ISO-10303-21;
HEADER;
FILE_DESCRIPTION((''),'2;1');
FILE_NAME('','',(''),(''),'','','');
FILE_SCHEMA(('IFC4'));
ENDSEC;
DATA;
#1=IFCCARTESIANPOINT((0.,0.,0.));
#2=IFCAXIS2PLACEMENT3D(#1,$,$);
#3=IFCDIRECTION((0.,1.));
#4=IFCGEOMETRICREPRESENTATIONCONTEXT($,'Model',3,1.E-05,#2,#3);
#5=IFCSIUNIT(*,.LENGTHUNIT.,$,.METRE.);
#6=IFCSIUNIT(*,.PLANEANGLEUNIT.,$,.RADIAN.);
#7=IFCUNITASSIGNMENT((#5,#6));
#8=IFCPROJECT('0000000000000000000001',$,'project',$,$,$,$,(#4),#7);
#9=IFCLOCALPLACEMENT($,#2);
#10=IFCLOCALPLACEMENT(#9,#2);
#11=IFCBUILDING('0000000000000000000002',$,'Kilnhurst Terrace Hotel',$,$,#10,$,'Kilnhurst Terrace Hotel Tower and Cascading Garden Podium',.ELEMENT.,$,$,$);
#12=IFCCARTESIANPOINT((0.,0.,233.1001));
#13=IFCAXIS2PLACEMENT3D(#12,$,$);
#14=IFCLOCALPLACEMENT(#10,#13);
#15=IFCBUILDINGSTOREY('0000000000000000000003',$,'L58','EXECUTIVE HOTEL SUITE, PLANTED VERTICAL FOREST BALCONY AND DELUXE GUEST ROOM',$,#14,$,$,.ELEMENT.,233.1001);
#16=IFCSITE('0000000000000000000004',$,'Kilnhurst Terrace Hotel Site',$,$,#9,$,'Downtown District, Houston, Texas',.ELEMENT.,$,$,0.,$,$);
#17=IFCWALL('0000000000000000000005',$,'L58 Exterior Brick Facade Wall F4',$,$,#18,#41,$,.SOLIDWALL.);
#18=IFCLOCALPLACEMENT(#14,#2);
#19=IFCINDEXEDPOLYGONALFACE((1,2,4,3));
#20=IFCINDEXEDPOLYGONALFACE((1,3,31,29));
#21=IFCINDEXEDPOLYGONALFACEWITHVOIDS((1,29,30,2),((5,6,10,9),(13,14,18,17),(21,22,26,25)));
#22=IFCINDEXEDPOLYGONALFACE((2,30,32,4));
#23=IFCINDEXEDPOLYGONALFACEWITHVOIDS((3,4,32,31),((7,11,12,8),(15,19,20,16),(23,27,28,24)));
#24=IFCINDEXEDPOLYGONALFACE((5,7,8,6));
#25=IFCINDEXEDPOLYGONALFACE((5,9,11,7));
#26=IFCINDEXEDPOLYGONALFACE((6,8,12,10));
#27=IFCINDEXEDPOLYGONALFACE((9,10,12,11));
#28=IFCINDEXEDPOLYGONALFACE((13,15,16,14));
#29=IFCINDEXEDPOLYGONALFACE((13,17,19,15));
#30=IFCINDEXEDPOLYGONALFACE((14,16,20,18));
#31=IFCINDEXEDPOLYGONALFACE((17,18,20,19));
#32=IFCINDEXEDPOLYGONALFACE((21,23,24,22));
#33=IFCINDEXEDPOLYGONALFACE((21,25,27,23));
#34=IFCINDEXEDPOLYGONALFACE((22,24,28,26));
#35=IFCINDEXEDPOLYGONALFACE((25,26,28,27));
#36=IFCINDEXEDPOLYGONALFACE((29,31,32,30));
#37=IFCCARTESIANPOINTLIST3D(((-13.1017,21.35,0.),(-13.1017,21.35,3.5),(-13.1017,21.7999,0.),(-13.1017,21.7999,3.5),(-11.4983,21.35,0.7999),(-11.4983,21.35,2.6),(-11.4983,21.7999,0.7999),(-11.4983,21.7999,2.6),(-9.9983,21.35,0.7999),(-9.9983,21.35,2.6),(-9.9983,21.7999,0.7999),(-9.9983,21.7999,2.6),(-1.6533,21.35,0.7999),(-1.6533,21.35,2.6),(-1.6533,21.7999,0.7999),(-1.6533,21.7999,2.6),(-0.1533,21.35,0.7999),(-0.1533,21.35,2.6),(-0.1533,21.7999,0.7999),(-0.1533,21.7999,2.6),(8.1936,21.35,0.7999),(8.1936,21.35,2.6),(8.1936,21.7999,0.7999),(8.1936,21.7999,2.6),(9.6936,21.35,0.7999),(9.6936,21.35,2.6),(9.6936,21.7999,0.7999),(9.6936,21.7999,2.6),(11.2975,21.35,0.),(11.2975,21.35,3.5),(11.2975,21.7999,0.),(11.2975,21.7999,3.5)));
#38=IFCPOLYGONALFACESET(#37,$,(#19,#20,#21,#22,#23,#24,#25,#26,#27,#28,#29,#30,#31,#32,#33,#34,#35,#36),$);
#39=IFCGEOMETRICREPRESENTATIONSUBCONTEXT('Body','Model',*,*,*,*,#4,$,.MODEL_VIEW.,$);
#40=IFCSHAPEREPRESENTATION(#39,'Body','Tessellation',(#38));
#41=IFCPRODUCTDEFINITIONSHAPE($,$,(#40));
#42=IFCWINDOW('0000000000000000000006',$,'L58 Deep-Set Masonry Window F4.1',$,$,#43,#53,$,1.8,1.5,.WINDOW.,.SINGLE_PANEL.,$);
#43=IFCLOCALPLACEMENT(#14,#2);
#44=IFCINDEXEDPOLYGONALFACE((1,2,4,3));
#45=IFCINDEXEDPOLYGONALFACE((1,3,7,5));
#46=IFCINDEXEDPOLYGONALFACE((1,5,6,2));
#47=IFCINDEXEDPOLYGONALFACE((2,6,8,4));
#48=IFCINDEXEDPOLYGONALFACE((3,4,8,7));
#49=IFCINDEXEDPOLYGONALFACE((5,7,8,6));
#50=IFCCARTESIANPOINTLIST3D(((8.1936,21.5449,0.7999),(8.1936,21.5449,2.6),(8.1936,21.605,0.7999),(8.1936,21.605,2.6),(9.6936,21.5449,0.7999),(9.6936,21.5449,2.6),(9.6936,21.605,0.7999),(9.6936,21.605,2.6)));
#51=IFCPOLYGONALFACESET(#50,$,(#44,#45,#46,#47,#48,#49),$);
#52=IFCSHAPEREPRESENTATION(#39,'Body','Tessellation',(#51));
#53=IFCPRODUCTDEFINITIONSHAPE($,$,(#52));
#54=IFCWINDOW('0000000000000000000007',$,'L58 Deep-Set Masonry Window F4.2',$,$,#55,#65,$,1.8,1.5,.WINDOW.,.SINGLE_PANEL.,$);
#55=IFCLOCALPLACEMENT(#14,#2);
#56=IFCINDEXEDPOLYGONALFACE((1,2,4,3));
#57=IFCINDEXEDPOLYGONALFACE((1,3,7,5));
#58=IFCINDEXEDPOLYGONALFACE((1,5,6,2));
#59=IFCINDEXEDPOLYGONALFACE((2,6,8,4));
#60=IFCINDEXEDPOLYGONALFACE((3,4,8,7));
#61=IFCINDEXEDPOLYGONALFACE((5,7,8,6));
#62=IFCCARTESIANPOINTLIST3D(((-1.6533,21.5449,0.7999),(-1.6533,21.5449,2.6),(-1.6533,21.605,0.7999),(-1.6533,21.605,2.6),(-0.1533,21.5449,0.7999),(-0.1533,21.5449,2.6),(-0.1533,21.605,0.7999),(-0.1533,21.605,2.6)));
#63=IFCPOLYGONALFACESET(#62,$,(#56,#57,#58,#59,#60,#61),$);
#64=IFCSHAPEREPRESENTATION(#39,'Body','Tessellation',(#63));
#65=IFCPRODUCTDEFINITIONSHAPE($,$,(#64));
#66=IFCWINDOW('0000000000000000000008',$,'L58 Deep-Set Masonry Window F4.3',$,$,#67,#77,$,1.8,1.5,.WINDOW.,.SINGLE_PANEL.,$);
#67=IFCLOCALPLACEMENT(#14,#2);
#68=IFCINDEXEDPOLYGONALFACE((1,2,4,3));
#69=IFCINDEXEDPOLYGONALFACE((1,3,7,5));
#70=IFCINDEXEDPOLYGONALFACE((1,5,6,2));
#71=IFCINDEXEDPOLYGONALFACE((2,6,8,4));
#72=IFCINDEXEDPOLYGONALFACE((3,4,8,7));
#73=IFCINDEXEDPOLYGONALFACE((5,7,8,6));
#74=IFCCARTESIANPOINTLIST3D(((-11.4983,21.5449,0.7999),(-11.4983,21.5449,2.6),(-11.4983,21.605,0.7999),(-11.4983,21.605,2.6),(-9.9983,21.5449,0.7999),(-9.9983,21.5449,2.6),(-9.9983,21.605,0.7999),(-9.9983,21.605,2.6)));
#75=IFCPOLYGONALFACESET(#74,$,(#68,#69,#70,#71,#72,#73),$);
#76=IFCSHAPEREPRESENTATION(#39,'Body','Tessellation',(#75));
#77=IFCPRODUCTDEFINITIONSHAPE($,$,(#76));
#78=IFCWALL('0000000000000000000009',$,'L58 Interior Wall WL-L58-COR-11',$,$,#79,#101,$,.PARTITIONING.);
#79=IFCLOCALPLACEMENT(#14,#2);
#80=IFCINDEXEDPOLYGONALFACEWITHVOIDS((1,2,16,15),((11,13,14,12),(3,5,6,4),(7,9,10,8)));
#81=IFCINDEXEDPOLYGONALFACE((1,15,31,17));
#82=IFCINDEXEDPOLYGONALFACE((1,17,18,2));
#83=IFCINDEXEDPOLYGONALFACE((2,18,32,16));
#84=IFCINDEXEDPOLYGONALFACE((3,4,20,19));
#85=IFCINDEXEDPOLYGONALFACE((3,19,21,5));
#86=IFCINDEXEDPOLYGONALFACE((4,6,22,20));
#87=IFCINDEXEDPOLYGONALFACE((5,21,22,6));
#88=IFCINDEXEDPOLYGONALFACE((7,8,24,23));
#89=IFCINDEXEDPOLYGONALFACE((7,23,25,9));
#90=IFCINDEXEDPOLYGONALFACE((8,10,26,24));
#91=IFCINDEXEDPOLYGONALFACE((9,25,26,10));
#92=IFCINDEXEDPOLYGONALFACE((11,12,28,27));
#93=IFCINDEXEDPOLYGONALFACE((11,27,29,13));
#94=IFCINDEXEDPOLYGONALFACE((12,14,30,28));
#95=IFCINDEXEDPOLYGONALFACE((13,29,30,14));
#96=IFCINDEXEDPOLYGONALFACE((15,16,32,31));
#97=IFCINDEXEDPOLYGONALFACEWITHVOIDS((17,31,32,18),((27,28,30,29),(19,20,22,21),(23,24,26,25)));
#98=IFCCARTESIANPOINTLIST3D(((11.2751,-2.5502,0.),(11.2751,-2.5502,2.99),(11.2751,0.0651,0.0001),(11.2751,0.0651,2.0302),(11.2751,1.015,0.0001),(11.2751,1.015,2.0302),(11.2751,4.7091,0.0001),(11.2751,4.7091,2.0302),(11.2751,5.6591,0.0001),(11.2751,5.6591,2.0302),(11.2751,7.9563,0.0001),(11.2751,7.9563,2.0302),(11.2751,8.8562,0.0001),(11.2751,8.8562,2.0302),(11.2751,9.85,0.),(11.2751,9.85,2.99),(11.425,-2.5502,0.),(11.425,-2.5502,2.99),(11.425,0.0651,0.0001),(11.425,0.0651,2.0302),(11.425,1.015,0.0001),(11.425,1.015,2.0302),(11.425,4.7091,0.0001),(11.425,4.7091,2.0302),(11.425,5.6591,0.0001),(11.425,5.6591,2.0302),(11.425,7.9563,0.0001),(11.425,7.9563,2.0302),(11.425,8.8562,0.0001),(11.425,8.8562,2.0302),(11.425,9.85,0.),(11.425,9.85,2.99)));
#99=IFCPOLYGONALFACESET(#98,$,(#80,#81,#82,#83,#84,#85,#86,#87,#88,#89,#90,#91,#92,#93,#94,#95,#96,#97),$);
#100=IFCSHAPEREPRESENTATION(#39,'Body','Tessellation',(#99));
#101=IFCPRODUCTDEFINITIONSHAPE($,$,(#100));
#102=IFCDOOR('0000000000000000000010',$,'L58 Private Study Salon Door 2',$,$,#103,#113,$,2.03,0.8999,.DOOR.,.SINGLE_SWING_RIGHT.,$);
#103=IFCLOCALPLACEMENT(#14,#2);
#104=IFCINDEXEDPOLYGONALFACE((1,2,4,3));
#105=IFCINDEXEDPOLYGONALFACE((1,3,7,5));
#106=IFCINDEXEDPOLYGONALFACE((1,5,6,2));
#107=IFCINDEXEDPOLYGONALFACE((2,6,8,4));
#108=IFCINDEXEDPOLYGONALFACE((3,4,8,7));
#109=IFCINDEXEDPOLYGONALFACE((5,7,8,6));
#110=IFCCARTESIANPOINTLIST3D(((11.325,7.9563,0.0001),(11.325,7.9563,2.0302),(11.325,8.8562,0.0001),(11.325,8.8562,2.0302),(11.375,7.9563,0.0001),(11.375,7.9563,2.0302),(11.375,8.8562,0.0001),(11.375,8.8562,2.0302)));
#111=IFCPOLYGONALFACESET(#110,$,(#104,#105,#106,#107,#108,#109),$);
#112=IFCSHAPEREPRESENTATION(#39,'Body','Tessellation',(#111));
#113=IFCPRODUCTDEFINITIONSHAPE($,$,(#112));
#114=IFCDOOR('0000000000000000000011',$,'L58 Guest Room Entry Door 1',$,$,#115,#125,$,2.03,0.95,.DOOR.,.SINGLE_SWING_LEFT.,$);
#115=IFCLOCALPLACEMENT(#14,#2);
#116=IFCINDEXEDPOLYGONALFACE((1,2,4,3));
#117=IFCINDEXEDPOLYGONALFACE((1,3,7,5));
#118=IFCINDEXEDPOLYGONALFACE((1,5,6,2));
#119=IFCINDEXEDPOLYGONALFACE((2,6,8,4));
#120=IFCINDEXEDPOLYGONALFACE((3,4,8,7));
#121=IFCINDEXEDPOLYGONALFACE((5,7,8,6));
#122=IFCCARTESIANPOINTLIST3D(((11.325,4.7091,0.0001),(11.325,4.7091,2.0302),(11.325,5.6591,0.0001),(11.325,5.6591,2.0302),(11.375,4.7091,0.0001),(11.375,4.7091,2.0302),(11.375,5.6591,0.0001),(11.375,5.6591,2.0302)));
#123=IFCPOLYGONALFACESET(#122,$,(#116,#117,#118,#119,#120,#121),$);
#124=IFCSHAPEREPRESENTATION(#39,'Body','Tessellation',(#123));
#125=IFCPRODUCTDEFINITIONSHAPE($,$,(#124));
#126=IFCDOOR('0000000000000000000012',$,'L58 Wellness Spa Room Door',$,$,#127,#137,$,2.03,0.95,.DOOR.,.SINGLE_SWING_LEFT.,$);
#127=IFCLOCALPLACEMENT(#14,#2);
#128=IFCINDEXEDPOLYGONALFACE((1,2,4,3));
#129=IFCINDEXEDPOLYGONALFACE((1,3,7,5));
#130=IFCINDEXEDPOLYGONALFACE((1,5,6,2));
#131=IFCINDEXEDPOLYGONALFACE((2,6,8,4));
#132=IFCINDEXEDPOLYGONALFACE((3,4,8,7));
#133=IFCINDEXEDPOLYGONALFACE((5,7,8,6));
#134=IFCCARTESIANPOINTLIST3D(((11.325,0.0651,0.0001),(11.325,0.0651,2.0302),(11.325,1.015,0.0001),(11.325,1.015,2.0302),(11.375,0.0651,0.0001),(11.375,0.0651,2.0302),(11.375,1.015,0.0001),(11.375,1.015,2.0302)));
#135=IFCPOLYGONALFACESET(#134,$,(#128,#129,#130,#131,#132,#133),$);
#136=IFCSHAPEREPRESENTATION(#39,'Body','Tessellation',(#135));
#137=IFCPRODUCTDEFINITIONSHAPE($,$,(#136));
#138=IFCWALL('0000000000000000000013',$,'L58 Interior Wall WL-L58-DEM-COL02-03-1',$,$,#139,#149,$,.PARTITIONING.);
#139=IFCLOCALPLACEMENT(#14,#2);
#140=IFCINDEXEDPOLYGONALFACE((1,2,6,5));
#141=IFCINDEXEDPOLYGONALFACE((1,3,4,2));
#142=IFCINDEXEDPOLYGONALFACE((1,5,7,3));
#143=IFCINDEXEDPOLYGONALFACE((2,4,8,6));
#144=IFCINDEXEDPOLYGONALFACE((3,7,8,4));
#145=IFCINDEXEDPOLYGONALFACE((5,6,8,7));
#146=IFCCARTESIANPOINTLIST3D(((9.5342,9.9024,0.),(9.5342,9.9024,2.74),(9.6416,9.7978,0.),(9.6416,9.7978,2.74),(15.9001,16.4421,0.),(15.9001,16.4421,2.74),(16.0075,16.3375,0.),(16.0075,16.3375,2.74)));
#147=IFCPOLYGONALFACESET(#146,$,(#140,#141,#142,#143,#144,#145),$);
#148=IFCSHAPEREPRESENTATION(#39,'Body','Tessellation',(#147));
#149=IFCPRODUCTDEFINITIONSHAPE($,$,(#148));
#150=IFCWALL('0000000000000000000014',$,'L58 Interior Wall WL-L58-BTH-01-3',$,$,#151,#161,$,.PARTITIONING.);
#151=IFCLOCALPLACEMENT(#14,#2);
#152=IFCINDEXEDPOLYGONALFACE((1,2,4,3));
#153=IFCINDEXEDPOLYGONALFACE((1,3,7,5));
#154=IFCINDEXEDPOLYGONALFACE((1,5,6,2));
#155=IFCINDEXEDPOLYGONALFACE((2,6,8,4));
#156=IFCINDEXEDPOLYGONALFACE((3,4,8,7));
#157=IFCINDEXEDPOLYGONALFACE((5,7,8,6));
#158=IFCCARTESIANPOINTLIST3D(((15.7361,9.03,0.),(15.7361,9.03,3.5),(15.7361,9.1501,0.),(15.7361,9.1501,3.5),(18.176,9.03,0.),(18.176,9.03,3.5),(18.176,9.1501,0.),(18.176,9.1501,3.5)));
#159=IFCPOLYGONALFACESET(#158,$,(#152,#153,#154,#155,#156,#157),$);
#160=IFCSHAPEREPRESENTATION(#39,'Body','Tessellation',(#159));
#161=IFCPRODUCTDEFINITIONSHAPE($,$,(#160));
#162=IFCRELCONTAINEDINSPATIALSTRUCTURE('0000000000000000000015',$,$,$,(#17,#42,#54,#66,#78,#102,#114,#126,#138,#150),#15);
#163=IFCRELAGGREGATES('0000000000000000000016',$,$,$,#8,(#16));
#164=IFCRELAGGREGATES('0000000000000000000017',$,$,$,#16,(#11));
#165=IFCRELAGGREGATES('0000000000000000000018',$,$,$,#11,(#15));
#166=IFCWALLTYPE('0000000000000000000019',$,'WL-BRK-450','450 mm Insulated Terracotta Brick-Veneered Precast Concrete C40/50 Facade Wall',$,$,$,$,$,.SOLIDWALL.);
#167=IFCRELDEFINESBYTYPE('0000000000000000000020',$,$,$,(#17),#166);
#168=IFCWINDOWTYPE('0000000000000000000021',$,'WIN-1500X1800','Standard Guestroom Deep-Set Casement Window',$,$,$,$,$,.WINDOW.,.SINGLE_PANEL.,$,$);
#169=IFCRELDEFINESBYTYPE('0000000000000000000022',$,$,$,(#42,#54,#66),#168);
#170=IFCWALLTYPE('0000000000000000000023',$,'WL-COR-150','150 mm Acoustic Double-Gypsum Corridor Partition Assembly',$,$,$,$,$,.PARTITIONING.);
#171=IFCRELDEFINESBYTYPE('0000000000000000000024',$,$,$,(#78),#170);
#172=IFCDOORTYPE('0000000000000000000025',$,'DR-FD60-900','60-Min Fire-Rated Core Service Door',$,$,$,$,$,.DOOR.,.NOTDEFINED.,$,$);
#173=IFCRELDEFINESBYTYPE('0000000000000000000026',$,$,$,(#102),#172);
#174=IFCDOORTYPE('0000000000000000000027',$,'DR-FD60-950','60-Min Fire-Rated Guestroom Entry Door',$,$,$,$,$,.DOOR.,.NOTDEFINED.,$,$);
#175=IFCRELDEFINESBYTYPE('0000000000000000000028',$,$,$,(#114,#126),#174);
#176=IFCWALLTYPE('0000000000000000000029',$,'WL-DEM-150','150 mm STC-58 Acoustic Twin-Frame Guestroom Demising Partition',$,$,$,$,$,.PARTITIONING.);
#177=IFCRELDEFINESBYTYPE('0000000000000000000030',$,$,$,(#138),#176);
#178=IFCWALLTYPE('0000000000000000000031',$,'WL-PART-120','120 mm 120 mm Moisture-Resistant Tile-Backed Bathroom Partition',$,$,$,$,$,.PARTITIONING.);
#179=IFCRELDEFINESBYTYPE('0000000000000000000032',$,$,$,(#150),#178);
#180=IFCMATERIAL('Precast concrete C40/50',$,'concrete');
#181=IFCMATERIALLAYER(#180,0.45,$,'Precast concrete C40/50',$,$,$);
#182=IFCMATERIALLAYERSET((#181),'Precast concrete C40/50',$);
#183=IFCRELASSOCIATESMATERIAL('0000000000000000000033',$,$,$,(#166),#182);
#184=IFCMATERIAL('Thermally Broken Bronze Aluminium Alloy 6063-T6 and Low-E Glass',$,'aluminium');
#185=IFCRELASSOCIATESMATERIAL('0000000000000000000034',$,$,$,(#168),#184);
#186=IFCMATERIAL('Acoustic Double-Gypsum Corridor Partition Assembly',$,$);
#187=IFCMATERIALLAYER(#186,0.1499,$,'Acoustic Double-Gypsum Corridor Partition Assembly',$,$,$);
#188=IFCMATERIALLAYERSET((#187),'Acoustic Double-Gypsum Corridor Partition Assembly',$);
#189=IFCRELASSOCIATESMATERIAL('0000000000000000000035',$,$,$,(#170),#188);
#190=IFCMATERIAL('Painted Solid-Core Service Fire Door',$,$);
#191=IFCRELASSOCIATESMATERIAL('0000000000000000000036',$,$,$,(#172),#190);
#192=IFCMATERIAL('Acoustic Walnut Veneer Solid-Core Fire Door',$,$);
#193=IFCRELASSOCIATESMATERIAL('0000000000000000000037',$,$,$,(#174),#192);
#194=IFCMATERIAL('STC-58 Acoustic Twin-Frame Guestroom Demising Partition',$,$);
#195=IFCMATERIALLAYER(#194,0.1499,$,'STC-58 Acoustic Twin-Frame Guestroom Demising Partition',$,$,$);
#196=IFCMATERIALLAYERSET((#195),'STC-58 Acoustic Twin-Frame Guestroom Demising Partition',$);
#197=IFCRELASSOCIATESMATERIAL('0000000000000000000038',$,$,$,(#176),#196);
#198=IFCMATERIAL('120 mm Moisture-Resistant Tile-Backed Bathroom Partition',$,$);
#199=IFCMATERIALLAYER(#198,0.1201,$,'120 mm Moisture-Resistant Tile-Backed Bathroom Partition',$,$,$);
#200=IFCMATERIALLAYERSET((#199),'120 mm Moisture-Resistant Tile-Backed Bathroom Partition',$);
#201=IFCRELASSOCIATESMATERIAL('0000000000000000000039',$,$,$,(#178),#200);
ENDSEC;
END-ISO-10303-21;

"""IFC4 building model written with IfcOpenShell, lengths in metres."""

from ifc_helpers import new_model, si_unit, direction, frame, frame_2d, origin, place, context, subcontext, project, spatial, rectangle, extrude, material, layer, layer_set, type_object, element, fill, save


model = new_model("IFC4")

# Units and contexts
model_context = context("Model", 3, precision=1e-05, world=origin(), true_north=direction((0.0, 1.0)))
body_context = subcontext(model_context, "Body", "Model", "MODEL_VIEW")
ifc_project = project(units=[si_unit("LENGTHUNIT", "METRE"), si_unit("PLANEANGLEUNIT", "RADIAN")], contexts=[model_context])

# Site, building, storey
site_placement = place(None, origin())
site = spatial("IfcSite", under=ifc_project, at=site_placement, Name="Kilnhurst Terrace Hotel Site", LongName="Downtown District, Houston, Texas", CompositionType="ELEMENT", RefElevation=0.0)
building_placement = place(site_placement, origin())
building = spatial("IfcBuilding", under=site, at=building_placement, Name="Kilnhurst Terrace Hotel", LongName="Kilnhurst Terrace Hotel Tower and Cascading Garden Podium", CompositionType="ELEMENT")
storey_placement = place(building_placement, frame((0.0, 0.0, 233.1001)))
storey = spatial("IfcBuildingStorey", under=building, at=storey_placement, Name="L58", Description="EXECUTIVE HOTEL SUITE, PLANTED VERTICAL FOREST BALCONY AND DELUXE GUEST ROOM", CompositionType="ELEMENT", Elevation=233.1001)

# Shared definitions
ifc_material_1 = material(Name="Precast concrete C40/50", Category="concrete")
ifc_layer_1 = layer(ifc_material_1, 0.45, Name="Precast concrete C40/50")
ifc_layer_set_1 = layer_set([ifc_layer_1], Name="Precast concrete C40/50")
wall_type_1 = type_object("IfcWallType", Name="WL-BRK-450", Description="450 mm Insulated Terracotta Brick-Veneered Precast Concrete C40/50 Facade Wall", PredefinedType="SOLIDWALL", material=ifc_layer_set_1)

# Wall, openings, windows
wall_1_placement = place(storey_placement, frame((11.2976, 21.575, 0.0), z_axis=(0.0, 0.0, 1.0), x_axis=(-1.0, 0.0, 0.0)))
wall_1 = element("IfcWall", 1, at=wall_1_placement, inside=storey, type_object=wall_type_1, Name="L58 Exterior Brick Facade Wall F4", PredefinedType="SOLIDWALL", context=body_context, shape_type="SweptSolid", body=[
    extrude(rectangle(XDim=24.3992, YDim=0.45, at=frame_2d((12.1997, 0.0))), origin(), (0.0, 0.0, 1.0), 3.5),
])
opening_1_placement = place(wall_1_placement, frame((1.604, 0.0, 0.8)))
opening_1 = element("IfcOpeningElement", 2, at=opening_1_placement, cuts=wall_1, PredefinedType="OPENING", context=body_context, shape_type="SweptSolid", body=[
    extrude(rectangle(XDim=1.5, YDim=1.8, at=frame_2d((0.75, 0.8999))), frame((0.0, 0.2349, 0.0), z_axis=(0.0, -1.0, 0.0), x_axis=(1.0, 0.0, 0.0)), (0.0, 0.0, 1.0), 0.47),
])
opening_2_placement = place(wall_1_placement, frame((11.4509, 0.0, 0.8)))
opening_2 = element("IfcOpeningElement", 3, at=opening_2_placement, cuts=wall_1, PredefinedType="OPENING", context=body_context, shape_type="SweptSolid", body=[
    extrude(rectangle(XDim=1.5, YDim=1.8, at=frame_2d((0.75, 0.8999))), frame((0.0, 0.2349, 0.0), z_axis=(0.0, -1.0, 0.0), x_axis=(1.0, 0.0, 0.0)), (0.0, 0.0, 1.0), 0.47),
])
opening_3_placement = place(wall_1_placement, frame((21.2959, 0.0, 0.8)))
opening_3 = element("IfcOpeningElement", 4, at=opening_3_placement, cuts=wall_1, PredefinedType="OPENING", context=body_context, shape_type="SweptSolid", body=[
    extrude(rectangle(XDim=1.5, YDim=1.8, at=frame_2d((0.75, 0.8999))), frame((0.0, 0.2349, 0.0), z_axis=(0.0, -1.0, 0.0), x_axis=(1.0, 0.0, 0.0)), (0.0, 0.0, 1.0), 0.47),
])
ifc_material_2 = material(Name="Thermally Broken Bronze Aluminium Alloy 6063-T6 and Low-E Glass", Category="aluminium")
window_type = type_object("IfcWindowType", Name="WIN-1500X1800", Description="Standard Guestroom Deep-Set Casement Window", PartitioningType="SINGLE_PANEL", PredefinedType="WINDOW", material=ifc_material_2)
window_1_placement = place(opening_1_placement, origin())
window_1 = element("IfcWindow", 5, at=window_1_placement, inside=storey, type_object=window_type, Name="L58 Deep-Set Masonry Window F4.1", OverallHeight=1.8, OverallWidth=1.5, PartitioningType="SINGLE_PANEL", PredefinedType="WINDOW", context=body_context, shape_type="SweptSolid", body=[
    extrude(rectangle(XDim=1.5, YDim=1.8, at=frame_2d((0.75, 0.8999))), frame((0.0, 0.03, 0.0), z_axis=(0.0, -1.0, 0.0), x_axis=(1.0, 0.0, 0.0)), (0.0, 0.0, 1.0), 0.0601),
])
fill(opening_1, window_1)
window_2_placement = place(opening_2_placement, origin())
window_2 = element("IfcWindow", 6, at=window_2_placement, inside=storey, type_object=window_type, Name="L58 Deep-Set Masonry Window F4.2", OverallHeight=1.8, OverallWidth=1.5, PartitioningType="SINGLE_PANEL", PredefinedType="WINDOW", context=body_context, shape_type="SweptSolid", body=[
    extrude(rectangle(XDim=1.5, YDim=1.8, at=frame_2d((0.75, 0.8999))), frame((0.0, 0.03, 0.0), z_axis=(0.0, -1.0, 0.0), x_axis=(1.0, 0.0, 0.0)), (0.0, 0.0, 1.0), 0.0601),
])
fill(opening_2, window_2)
window_3_placement = place(opening_3_placement, origin())
window_3 = element("IfcWindow", 7, at=window_3_placement, inside=storey, type_object=window_type, Name="L58 Deep-Set Masonry Window F4.3", OverallHeight=1.8, OverallWidth=1.5, PartitioningType="SINGLE_PANEL", PredefinedType="WINDOW", context=body_context, shape_type="SweptSolid", body=[
    extrude(rectangle(XDim=1.5, YDim=1.8, at=frame_2d((0.75, 0.8999))), frame((0.0, 0.03, 0.0), z_axis=(0.0, -1.0, 0.0), x_axis=(1.0, 0.0, 0.0)), (0.0, 0.0, 1.0), 0.0601),
])
fill(opening_3, window_3)

# Wall, openings, doors
ifc_material_3 = material(Name="Acoustic Double-Gypsum Corridor Partition Assembly")
ifc_layer_2 = layer(ifc_material_3, 0.1499, Name="Acoustic Double-Gypsum Corridor Partition Assembly")
ifc_layer_set_2 = layer_set([ifc_layer_2], Name="Acoustic Double-Gypsum Corridor Partition Assembly")
wall_type_2 = type_object("IfcWallType", Name="WL-COR-150", Description="150 mm Acoustic Double-Gypsum Corridor Partition Assembly", PredefinedType="PARTITIONING", material=ifc_layer_set_2)
wall_2_placement = place(storey_placement, frame((11.3501, 9.8501, 0.0), z_axis=(0.0, 0.0, 1.0), x_axis=(0.0, -1.0, 0.0)))
wall_2 = element("IfcWall", 8, at=wall_2_placement, inside=storey, type_object=wall_type_2, Name="L58 Interior Wall WL-L58-COR-11", PredefinedType="PARTITIONING", context=body_context, shape_type="SweptSolid", body=[
    extrude(rectangle(XDim=12.4001, YDim=0.1499, at=frame_2d((6.2002, 0.0))), origin(), (0.0, 0.0, 1.0), 2.99),
])
opening_4_placement = place(wall_2_placement, frame((4.1909, 0.0, 0.0)))
opening_4 = element("IfcOpeningElement", 9, at=opening_4_placement, cuts=wall_2, PredefinedType="OPENING", context=body_context, shape_type="SweptSolid", body=[
    extrude(rectangle(XDim=0.95, YDim=2.03, at=frame_2d((0.4751, 1.0151))), frame((0.0, 0.085, 0.0), z_axis=(0.0, -1.0, 0.0), x_axis=(1.0, 0.0, 0.0)), (0.0, 0.0, 1.0), 0.1699),
])
opening_5_placement = place(wall_2_placement, frame((0.9939, 0.0, 0.0)))
opening_5 = element("IfcOpeningElement", 10, at=opening_5_placement, cuts=wall_2, PredefinedType="OPENING", context=body_context, shape_type="SweptSolid", body=[
    extrude(rectangle(XDim=0.8999, YDim=2.03, at=frame_2d((0.45, 1.0151))), frame((0.0, 0.085, 0.0), z_axis=(0.0, -1.0, 0.0), x_axis=(1.0, 0.0, 0.0)), (0.0, 0.0, 1.0), 0.1699),
])
opening_6_placement = place(wall_2_placement, frame((8.835, 0.0, 0.0)))
opening_6 = element("IfcOpeningElement", 11, at=opening_6_placement, cuts=wall_2, PredefinedType="OPENING", context=body_context, shape_type="SweptSolid", body=[
    extrude(rectangle(XDim=0.95, YDim=2.03, at=frame_2d((0.4751, 1.0151))), frame((0.0, 0.085, 0.0), z_axis=(0.0, -1.0, 0.0), x_axis=(1.0, 0.0, 0.0)), (0.0, 0.0, 1.0), 0.1699),
])
ifc_material_4 = material(Name="Painted Solid-Core Service Fire Door")
door_type_1 = type_object("IfcDoorType", Name="DR-FD60-900", Description="60-Min Fire-Rated Core Service Door", OperationType="NOTDEFINED", PredefinedType="DOOR", material=ifc_material_4)
door_1_placement = place(opening_5_placement, origin())
door_1 = element("IfcDoor", 12, at=door_1_placement, inside=storey, type_object=door_type_1, Name="L58 Private Study Salon Door 2", OperationType="SINGLE_SWING_RIGHT", OverallHeight=2.03, OverallWidth=0.8999, PredefinedType="DOOR", context=body_context, shape_type="SweptSolid", body=[
    extrude(rectangle(XDim=0.8999, YDim=2.03, at=frame_2d((0.45, 1.0151))), frame((0.0, 0.0249, 0.0), z_axis=(0.0, -1.0, 0.0), x_axis=(1.0, 0.0, 0.0)), (0.0, 0.0, 1.0), 0.05),
])
fill(opening_5, door_1)
ifc_material_5 = material(Name="Acoustic Walnut Veneer Solid-Core Fire Door")
door_type_2 = type_object("IfcDoorType", Name="DR-FD60-950", Description="60-Min Fire-Rated Guestroom Entry Door", OperationType="NOTDEFINED", PredefinedType="DOOR", material=ifc_material_5)
door_2_placement = place(opening_4_placement, origin())
door_2 = element("IfcDoor", 13, at=door_2_placement, inside=storey, type_object=door_type_2, Name="L58 Guest Room Entry Door 1", OperationType="SINGLE_SWING_LEFT", OverallHeight=2.03, OverallWidth=0.95, PredefinedType="DOOR", context=body_context, shape_type="SweptSolid", body=[
    extrude(rectangle(XDim=0.95, YDim=2.03, at=frame_2d((0.4751, 1.0151))), frame((0.0, 0.0249, 0.0), z_axis=(0.0, -1.0, 0.0), x_axis=(1.0, 0.0, 0.0)), (0.0, 0.0, 1.0), 0.05),
])
fill(opening_4, door_2)
door_3_placement = place(opening_6_placement, origin())
door_3 = element("IfcDoor", 14, at=door_3_placement, inside=storey, type_object=door_type_2, Name="L58 Wellness Spa Room Door", OperationType="SINGLE_SWING_LEFT", OverallHeight=2.03, OverallWidth=0.95, PredefinedType="DOOR", context=body_context, shape_type="SweptSolid", body=[
    extrude(rectangle(XDim=0.95, YDim=2.03, at=frame_2d((0.4751, 1.0151))), frame((0.0, 0.0249, 0.0), z_axis=(0.0, -1.0, 0.0), x_axis=(1.0, 0.0, 0.0)), (0.0, 0.0, 1.0), 0.05),
])
fill(opening_6, door_3)

# Walls
ifc_material_6 = material(Name="STC-58 Acoustic Twin-Frame Guestroom Demising Partition")
ifc_layer_3 = layer(ifc_material_6, 0.1499, Name="STC-58 Acoustic Twin-Frame Guestroom Demising Partition")
ifc_layer_set_3 = layer_set([ifc_layer_3], Name="STC-58 Acoustic Twin-Frame Guestroom Demising Partition")
wall_type_3 = type_object("IfcWallType", Name="WL-DEM-150", Description="150 mm STC-58 Acoustic Twin-Frame Guestroom Demising Partition", PredefinedType="PARTITIONING", material=ifc_layer_set_3)
wall_3_placement = place(storey_placement, frame((9.5879, 9.8501, 0.0), z_axis=(0.0, 0.0, 1.0), x_axis=(0.697519, 0.716566, 0.0)))
element("IfcWall", 15, at=wall_3_placement, inside=storey, type_object=wall_type_3, Name="L58 Interior Wall WL-L58-DEM-COL02-03-1", PredefinedType="PARTITIONING", context=body_context, shape_type="SweptSolid", body=[
    extrude(rectangle(XDim=9.1265, YDim=0.1499, at=frame_2d((4.5632, 0.0))), origin(), (0.0, 0.0, 1.0), 2.74),
])
ifc_material_7 = material(Name="120 mm Moisture-Resistant Tile-Backed Bathroom Partition")
ifc_layer_4 = layer(ifc_material_7, 0.1201, Name="120 mm Moisture-Resistant Tile-Backed Bathroom Partition")
ifc_layer_set_4 = layer_set([ifc_layer_4], Name="120 mm Moisture-Resistant Tile-Backed Bathroom Partition")
wall_type_4 = type_object("IfcWallType", Name="WL-PART-120", Description="120 mm 120 mm Moisture-Resistant Tile-Backed Bathroom Partition", PredefinedType="PARTITIONING", material=ifc_layer_set_4)
wall_4_placement = place(storey_placement, frame((18.176, 9.0901, 0.0), z_axis=(0.0, 0.0, 1.0), x_axis=(-1.0, 0.0, 0.0)))
element("IfcWall", 16, at=wall_4_placement, inside=storey, type_object=wall_type_4, Name="L58 Interior Wall WL-L58-BTH-01-3", PredefinedType="PARTITIONING", context=body_context, shape_type="SweptSolid", body=[
    extrude(rectangle(XDim=2.4399, YDim=0.1201, at=frame_2d((1.22, 0.0))), origin(), (0.0, 0.0, 1.0), 3.5),
])

save(model, "model.ifc")
